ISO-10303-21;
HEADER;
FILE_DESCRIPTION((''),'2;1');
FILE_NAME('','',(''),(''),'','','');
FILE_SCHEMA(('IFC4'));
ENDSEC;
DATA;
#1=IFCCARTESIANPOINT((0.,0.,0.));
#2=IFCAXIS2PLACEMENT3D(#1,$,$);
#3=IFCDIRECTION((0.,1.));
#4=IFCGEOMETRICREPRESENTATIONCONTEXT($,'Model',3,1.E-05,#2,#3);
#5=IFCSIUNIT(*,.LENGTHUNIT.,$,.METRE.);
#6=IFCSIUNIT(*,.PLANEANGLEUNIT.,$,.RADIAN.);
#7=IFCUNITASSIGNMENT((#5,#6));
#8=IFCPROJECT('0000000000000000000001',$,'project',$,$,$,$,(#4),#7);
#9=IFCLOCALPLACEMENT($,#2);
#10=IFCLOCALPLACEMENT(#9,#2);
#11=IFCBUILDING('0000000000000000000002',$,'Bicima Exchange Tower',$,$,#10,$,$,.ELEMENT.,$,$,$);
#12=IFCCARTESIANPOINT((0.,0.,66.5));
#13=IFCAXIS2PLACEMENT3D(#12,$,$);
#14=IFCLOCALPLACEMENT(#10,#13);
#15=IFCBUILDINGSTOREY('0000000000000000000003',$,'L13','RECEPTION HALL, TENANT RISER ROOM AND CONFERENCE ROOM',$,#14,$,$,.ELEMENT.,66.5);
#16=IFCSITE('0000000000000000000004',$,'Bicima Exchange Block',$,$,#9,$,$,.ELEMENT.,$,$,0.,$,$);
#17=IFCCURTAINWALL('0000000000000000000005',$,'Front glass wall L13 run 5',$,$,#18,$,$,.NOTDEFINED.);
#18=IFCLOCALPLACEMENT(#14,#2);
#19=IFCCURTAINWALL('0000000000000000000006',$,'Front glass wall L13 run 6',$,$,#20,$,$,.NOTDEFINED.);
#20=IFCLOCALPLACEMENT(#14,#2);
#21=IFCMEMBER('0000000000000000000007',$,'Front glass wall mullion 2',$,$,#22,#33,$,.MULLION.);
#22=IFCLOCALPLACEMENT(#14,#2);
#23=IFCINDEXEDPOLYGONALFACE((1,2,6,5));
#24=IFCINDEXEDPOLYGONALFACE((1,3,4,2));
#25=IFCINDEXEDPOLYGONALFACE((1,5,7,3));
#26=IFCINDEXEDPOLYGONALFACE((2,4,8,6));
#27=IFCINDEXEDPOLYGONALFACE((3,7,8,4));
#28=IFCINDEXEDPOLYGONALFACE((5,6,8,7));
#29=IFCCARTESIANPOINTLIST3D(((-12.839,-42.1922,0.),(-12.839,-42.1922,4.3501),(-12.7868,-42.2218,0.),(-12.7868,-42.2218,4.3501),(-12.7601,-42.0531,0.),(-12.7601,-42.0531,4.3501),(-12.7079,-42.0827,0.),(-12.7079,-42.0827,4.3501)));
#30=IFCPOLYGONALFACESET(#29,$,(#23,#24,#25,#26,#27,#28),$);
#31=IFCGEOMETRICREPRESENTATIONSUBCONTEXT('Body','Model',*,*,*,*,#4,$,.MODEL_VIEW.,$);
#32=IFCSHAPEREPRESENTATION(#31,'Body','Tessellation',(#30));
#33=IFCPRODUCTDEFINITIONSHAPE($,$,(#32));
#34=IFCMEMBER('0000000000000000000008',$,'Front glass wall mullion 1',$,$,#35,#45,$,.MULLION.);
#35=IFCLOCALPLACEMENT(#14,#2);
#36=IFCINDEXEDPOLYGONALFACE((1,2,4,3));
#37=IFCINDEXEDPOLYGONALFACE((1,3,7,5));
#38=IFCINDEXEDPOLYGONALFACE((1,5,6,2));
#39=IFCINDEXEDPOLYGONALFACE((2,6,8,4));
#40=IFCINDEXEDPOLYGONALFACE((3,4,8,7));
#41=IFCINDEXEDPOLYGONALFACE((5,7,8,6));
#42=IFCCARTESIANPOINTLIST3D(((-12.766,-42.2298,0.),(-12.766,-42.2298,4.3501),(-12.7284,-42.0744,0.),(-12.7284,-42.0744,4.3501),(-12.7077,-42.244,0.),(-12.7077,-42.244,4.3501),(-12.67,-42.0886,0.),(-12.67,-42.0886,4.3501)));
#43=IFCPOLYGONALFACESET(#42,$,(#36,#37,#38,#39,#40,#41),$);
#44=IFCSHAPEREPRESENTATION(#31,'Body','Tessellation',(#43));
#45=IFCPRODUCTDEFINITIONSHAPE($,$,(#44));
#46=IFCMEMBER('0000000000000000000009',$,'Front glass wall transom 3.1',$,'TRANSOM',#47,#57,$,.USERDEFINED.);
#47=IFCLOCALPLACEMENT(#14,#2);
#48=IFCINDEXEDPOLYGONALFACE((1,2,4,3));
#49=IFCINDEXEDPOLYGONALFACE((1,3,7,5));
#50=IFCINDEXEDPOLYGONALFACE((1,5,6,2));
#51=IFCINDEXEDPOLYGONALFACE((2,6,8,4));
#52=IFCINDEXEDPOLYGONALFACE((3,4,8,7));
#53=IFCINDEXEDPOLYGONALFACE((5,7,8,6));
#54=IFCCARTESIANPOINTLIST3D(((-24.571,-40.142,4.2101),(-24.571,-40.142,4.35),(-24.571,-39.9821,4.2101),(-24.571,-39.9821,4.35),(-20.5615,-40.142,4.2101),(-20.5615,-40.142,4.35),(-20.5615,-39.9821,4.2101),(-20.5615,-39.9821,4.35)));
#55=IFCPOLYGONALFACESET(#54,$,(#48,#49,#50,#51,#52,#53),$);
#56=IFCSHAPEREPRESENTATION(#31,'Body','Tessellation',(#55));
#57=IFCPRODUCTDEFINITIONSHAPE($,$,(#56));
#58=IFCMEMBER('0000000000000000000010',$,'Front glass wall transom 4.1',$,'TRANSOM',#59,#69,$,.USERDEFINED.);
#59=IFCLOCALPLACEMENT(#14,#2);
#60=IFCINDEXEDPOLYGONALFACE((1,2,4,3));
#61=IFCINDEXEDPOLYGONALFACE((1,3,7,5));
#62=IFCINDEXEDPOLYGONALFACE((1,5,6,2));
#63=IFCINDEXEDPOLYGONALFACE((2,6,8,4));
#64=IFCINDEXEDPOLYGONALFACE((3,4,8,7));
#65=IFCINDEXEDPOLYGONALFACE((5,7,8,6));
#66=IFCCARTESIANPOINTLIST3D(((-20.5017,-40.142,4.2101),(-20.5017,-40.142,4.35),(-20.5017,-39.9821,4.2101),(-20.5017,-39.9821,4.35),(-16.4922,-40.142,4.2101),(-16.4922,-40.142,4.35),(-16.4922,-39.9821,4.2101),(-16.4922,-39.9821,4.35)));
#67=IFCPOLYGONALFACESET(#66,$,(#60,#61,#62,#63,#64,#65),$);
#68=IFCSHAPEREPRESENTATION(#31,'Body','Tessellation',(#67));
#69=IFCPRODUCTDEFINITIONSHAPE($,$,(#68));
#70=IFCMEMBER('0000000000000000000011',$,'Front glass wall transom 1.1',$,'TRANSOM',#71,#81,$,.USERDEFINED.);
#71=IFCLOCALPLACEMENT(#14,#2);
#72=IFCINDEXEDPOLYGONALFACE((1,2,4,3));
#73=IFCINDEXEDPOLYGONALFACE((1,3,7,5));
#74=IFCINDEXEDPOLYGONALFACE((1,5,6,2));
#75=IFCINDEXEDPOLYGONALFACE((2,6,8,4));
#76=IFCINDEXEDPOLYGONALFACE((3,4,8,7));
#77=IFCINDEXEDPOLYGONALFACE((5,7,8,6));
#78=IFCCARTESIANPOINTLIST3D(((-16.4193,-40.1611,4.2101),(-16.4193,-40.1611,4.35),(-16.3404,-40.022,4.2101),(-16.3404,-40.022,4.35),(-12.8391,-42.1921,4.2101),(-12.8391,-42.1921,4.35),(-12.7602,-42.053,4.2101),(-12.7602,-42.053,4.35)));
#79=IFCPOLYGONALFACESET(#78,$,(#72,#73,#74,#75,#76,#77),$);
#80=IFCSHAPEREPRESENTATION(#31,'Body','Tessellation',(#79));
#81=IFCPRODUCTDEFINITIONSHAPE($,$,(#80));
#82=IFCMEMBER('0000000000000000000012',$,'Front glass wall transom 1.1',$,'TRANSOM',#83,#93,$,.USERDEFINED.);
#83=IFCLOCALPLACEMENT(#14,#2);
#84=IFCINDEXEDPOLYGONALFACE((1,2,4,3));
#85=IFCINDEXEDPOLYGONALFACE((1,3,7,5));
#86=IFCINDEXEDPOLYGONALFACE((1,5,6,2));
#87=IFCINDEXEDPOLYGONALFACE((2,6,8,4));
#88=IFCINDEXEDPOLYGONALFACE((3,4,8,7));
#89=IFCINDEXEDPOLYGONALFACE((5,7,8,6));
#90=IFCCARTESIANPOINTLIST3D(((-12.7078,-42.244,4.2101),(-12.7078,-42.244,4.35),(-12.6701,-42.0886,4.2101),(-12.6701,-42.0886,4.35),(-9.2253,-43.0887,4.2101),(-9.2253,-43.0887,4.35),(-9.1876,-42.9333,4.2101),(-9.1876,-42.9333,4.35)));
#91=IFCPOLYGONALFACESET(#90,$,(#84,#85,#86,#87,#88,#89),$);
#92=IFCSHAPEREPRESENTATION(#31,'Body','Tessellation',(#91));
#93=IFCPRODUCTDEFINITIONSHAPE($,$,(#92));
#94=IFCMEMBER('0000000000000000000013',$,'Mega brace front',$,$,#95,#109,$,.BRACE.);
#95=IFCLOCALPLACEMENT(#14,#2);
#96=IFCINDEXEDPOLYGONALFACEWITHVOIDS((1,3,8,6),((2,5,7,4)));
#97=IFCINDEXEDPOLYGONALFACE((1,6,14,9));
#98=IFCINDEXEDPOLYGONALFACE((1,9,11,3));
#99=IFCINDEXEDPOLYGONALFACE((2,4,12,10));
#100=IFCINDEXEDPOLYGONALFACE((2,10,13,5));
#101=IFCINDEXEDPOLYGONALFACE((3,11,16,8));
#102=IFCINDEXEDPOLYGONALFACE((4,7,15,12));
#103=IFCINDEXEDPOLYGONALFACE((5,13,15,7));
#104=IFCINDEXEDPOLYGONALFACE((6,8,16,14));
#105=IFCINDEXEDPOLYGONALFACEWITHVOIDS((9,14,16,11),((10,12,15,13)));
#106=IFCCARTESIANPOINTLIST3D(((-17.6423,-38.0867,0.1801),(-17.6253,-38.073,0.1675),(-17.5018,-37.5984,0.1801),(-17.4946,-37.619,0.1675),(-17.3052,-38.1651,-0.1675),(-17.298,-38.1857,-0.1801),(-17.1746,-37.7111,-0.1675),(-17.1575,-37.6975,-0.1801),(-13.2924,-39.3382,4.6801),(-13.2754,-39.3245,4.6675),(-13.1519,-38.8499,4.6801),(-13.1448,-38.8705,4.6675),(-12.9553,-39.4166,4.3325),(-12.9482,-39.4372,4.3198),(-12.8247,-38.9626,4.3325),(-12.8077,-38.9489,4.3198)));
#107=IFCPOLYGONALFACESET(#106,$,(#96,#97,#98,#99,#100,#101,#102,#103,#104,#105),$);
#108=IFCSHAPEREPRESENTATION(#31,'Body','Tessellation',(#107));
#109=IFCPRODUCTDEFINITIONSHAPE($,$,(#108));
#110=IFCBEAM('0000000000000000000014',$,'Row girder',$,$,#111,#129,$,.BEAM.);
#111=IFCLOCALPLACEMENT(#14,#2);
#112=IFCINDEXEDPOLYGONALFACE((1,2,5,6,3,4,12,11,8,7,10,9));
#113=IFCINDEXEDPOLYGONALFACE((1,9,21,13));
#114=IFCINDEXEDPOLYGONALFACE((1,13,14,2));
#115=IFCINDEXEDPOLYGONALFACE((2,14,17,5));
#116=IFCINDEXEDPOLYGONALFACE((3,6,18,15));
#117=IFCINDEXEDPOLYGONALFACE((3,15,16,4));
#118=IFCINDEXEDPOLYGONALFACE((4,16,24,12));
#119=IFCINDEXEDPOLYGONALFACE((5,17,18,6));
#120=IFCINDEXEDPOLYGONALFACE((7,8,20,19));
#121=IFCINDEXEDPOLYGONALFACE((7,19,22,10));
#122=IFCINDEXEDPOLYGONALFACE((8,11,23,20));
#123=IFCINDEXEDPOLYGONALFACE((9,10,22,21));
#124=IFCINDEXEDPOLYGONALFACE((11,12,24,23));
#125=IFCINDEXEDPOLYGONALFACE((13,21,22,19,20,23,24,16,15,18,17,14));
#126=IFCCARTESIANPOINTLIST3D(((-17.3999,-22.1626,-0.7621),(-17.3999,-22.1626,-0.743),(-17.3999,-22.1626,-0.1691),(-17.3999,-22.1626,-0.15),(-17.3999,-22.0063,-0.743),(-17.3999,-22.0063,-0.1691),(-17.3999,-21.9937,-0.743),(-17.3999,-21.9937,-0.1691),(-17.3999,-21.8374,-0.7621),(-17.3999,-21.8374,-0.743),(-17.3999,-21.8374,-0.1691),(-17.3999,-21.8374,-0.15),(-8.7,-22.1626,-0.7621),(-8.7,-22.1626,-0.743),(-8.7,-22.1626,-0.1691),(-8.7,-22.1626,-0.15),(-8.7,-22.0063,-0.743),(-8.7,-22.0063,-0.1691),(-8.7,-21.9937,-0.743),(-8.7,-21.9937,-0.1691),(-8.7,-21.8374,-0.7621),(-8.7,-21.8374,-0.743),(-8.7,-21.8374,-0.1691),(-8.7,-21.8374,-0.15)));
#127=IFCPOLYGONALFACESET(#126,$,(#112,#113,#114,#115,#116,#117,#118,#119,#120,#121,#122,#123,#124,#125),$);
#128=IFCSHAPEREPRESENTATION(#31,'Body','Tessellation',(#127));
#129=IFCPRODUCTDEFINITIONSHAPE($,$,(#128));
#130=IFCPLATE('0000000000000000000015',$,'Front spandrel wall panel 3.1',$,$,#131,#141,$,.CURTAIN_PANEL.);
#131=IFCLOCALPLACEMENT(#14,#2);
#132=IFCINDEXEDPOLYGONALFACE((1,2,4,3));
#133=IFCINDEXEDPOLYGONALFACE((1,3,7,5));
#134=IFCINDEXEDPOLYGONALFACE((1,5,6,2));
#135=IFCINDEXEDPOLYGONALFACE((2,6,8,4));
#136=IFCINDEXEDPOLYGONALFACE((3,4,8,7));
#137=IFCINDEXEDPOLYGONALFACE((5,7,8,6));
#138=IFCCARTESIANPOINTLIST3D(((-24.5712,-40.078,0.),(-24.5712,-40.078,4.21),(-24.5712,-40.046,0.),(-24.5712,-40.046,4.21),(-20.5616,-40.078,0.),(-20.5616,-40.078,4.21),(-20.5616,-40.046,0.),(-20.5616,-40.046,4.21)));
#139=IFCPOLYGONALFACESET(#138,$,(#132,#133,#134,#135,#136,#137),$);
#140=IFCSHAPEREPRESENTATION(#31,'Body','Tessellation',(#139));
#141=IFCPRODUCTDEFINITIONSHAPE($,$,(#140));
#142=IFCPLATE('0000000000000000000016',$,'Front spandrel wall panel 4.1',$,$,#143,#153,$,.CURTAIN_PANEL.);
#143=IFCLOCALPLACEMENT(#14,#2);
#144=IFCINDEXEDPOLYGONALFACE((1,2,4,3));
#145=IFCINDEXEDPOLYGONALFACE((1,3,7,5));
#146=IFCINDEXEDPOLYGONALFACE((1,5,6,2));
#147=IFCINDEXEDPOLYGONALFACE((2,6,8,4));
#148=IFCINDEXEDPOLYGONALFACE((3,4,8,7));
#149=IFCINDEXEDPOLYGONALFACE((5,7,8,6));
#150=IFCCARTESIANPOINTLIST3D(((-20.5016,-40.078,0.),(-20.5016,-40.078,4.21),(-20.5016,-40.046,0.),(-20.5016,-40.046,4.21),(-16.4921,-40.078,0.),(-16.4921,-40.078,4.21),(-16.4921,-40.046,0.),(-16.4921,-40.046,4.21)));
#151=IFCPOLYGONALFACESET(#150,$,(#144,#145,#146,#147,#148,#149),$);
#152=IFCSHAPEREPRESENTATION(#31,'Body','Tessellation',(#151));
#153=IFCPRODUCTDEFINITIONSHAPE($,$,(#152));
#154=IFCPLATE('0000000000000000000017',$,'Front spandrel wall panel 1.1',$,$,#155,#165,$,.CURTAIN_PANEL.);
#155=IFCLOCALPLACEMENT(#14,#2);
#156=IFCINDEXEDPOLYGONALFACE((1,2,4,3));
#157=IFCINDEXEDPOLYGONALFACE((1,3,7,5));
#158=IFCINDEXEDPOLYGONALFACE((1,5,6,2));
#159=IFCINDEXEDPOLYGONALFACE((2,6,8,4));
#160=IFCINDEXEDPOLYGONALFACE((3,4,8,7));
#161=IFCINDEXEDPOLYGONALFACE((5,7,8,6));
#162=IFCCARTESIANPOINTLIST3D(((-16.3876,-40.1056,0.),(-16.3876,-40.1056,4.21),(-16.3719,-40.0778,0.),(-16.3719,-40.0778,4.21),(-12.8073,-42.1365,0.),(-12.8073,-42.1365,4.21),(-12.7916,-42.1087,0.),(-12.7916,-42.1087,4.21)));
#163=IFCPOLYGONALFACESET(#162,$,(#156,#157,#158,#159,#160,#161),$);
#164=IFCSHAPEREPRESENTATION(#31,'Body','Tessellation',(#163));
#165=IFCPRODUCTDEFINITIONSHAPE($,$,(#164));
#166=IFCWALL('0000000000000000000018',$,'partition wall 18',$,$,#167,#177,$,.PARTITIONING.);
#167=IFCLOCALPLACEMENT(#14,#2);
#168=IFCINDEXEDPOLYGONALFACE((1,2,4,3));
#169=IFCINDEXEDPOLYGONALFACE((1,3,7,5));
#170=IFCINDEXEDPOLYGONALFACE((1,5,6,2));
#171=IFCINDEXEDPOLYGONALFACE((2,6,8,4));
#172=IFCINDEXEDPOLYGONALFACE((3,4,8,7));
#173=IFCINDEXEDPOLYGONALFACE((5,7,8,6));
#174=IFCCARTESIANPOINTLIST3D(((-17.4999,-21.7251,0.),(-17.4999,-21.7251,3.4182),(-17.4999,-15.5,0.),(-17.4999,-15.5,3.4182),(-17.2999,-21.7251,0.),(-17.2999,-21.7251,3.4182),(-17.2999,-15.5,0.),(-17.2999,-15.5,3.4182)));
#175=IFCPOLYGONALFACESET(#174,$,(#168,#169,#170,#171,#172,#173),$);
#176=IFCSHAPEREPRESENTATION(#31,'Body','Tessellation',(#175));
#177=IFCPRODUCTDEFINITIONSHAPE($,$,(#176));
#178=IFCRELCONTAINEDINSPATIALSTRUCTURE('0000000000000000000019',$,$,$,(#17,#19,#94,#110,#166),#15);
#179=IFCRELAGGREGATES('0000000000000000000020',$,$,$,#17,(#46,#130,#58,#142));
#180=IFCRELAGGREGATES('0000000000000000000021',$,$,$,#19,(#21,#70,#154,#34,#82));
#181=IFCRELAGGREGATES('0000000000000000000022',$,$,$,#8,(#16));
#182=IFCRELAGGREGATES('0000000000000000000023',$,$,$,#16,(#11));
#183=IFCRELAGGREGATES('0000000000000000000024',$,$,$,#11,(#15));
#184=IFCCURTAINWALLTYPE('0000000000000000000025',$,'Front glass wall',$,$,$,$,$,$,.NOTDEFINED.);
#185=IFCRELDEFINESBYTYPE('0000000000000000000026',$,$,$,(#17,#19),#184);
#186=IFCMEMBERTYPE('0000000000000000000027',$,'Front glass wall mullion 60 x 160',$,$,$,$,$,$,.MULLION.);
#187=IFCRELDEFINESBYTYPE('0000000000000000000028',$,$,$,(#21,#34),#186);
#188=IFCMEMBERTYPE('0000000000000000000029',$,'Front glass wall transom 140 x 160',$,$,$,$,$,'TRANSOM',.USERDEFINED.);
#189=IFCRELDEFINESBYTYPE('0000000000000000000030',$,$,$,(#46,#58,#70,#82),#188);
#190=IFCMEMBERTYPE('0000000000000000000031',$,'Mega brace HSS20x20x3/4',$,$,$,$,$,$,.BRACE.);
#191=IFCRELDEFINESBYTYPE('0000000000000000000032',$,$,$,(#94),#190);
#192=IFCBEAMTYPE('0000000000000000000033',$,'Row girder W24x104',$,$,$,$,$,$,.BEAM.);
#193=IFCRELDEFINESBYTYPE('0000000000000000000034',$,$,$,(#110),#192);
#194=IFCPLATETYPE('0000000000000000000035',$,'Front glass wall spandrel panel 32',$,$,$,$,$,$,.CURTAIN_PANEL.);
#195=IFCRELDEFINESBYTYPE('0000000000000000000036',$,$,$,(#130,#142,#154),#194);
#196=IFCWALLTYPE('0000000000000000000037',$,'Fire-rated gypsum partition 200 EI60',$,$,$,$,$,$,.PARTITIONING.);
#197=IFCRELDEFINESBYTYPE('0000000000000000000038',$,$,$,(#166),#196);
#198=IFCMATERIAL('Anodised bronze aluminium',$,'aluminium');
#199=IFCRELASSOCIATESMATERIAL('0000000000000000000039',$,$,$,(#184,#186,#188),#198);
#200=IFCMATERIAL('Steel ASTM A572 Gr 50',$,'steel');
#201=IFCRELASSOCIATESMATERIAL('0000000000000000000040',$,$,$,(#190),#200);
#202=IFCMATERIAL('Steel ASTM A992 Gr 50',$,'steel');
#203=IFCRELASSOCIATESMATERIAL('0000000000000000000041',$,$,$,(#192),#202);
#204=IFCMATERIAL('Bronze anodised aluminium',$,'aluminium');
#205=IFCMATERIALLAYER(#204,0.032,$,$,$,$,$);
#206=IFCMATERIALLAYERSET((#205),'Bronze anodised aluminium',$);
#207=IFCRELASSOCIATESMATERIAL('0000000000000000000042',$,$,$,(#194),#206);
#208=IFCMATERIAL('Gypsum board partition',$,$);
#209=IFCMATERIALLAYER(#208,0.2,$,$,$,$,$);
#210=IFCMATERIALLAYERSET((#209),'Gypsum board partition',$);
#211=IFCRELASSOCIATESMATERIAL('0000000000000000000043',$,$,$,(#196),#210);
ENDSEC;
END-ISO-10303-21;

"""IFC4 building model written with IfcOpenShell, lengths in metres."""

from ifc_helpers import new_model, si_unit, direction, frame, frame_2d, origin, origin_2d, place, context, subcontext, project, spatial, rectangle, hollow_rectangle, i_section, extrude, material, layer, layer_set, material_profile, profile_set, type_object, element, aggregate, save


model = new_model("IFC4")

# Units and contexts
model_context = context("Model", 3, precision=1e-05, world=origin(), true_north=direction((0.0, 1.0)))
body_context = subcontext(model_context, "Body", "Model", "MODEL_VIEW")
ifc_project = project(units=[si_unit("LENGTHUNIT", "METRE"), si_unit("PLANEANGLEUNIT", "RADIAN")], contexts=[model_context])

# Site, building, storey
site_placement = place(None, origin())
site = spatial("IfcSite", under=ifc_project, at=site_placement, Name="Bicima Exchange Block", CompositionType="ELEMENT", RefElevation=0.0)
building_placement = place(site_placement, origin())
building = spatial("IfcBuilding", under=site, at=building_placement, Name="Bicima Exchange Tower", CompositionType="ELEMENT")
storey_placement = place(building_placement, frame((0.0, 0.0, 66.5)))
storey = spatial("IfcBuildingStorey", under=building, at=storey_placement, Name="L13", Description="RECEPTION HALL, TENANT RISER ROOM AND CONFERENCE ROOM", CompositionType="ELEMENT", Elevation=66.5)

# Shared definitions
ifc_material_1 = material(Name="Steel ASTM A992 Gr 50", Category="steel")

# Curtain walls, members
ifc_material_2 = material(Name="Anodised bronze aluminium", Category="aluminium")
curtain_wall_type = type_object("IfcCurtainWallType", Name="Front glass wall", PredefinedType="NOTDEFINED", material=ifc_material_2)
curtain_wall_1_placement = place(storey_placement, origin())
curtain_wall_1 = element("IfcCurtainWall", 1, at=curtain_wall_1_placement, inside=storey, type_object=curtain_wall_type, Name="Front glass wall L13 run 5", PredefinedType="NOTDEFINED")
ifc_material_profile_1 = material_profile(ifc_material_2, rectangle(XDim=0.1599, YDim=0.0601, at=origin_2d()))
ifc_profile_set_1 = profile_set([ifc_material_profile_1], Name="Anodised bronze aluminium")
member_type_1 = type_object("IfcMemberType", Name="Front glass wall mullion 60 x 160", PredefinedType="MULLION", material=ifc_profile_set_1)
curtain_wall_2_placement = place(storey_placement, origin())
curtain_wall_2 = element("IfcCurtainWall", 2, at=curtain_wall_2_placement, inside=storey, type_object=curtain_wall_type, Name="Front glass wall L13 run 6", PredefinedType="NOTDEFINED")
member_1_placement = place(storey_placement, frame((-12.7734, -42.1375, 0.0), z_axis=(0.0, 0.0, 1.0), x_axis=(0.493395, 0.869805, 0.0)))
member_1 = element("IfcMember", 3, at=member_1_placement, type_object=member_type_1, Name="Front glass wall mullion 2", PredefinedType="MULLION", context=body_context, shape_type="SweptSolid", body=[
    extrude(rectangle(XDim=0.1599, YDim=0.0601, at=origin_2d()), origin(), (0.0, 0.0, 1.0), 4.3501),
])
member_2_placement = place(storey_placement, frame((-12.718, -42.1592, 0.0), z_axis=(0.0, 0.0, 1.0), x_axis=(0.235682, 0.97183, 0.0)))
member_2 = element("IfcMember", 4, at=member_2_placement, type_object=member_type_1, Name="Front glass wall mullion 1", PredefinedType="MULLION", context=body_context, shape_type="SweptSolid", body=[
    extrude(rectangle(XDim=0.1599, YDim=0.0601, at=origin_2d()), origin(), (0.0, 0.0, 1.0), 4.3501),
])

# Members
ifc_material_profile_2 = material_profile(ifc_material_2, rectangle(XDim=0.1599, YDim=0.1399, at=origin_2d()))
ifc_profile_set_2 = profile_set([ifc_material_profile_2], Name="Anodised bronze aluminium")
member_type_2 = type_object("IfcMemberType", Name="Front glass wall transom 140 x 160", ElementType="TRANSOM", PredefinedType="USERDEFINED", material=ifc_profile_set_2)
member_3_placement = place(storey_placement, frame((-24.571, -40.062, 4.28), z_axis=(1.0, 0.0, 0.0), x_axis=(0.0, 1.0, 0.0)))
member_3 = element("IfcMember", 5, at=member_3_placement, type_object=member_type_2, Name="Front glass wall transom 3.1", ObjectType="TRANSOM", PredefinedType="USERDEFINED", context=body_context, shape_type="SweptSolid", body=[
    extrude(rectangle(XDim=0.1599, YDim=0.1399, at=origin_2d()), origin(), (0.0, 0.0, 1.0), 4.0095),
])
member_4_placement = place(storey_placement, frame((-20.5017, -40.062, 4.28), z_axis=(1.0, 0.0, 0.0), x_axis=(0.0, 1.0, 0.0)))
member_4 = element("IfcMember", 6, at=member_4_placement, type_object=member_type_2, Name="Front glass wall transom 4.1", ObjectType="TRANSOM", PredefinedType="USERDEFINED", context=body_context, shape_type="SweptSolid", body=[
    extrude(rectangle(XDim=0.1599, YDim=0.1399, at=origin_2d()), origin(), (0.0, 0.0, 1.0), 4.0095),
])
member_5_placement = place(storey_placement, frame((-16.3799, -40.0916, 4.28), z_axis=(0.869797, -0.493409, 0.0), x_axis=(0.493409, 0.869797, 0.0)))
member_5 = element("IfcMember", 7, at=member_5_placement, type_object=member_type_2, Name="Front glass wall transom 1.1", ObjectType="TRANSOM", PredefinedType="USERDEFINED", context=body_context, shape_type="SweptSolid", body=[
    extrude(rectangle(XDim=0.1599, YDim=0.1399, at=origin_2d()), origin(), (0.0, 0.0, 1.0), 4.1162),
])
member_6_placement = place(storey_placement, frame((-12.689, -42.1663, 4.28), z_axis=(0.971818, -0.235733, 0.0), x_axis=(0.235733, 0.971818, 0.0)))
member_6 = element("IfcMember", 8, at=member_6_placement, type_object=member_type_2, Name="Front glass wall transom 1.1", ObjectType="TRANSOM", PredefinedType="USERDEFINED", context=body_context, shape_type="SweptSolid", body=[
    extrude(rectangle(XDim=0.1599, YDim=0.1399, at=origin_2d()), origin(), (0.0, 0.0, 1.0), 3.5835),
])
ifc_material_3 = material(Name="Steel ASTM A572 Gr 50", Category="steel")
ifc_material_profile_3 = material_profile(ifc_material_3, hollow_rectangle(XDim=0.5081, YDim=0.5081, WallThickness=0.0178, at=origin_2d()))
ifc_profile_set_3 = profile_set([ifc_material_profile_3], Name="Steel ASTM A572 Gr 50")
member_type_3 = type_object("IfcMemberType", Name="Mega brace HSS20x20x3/4", PredefinedType="BRACE", material=ifc_profile_set_3)
member_7_placement = place(storey_placement, frame((-17.3999, -37.8921, 0.0), z_axis=(0.681519, -0.196075, 0.705044), x_axis=(0.276487, 0.961018, 0.0)))
element("IfcMember", 9, at=member_7_placement, inside=storey, type_object=member_type_3, Name="Mega brace front", PredefinedType="BRACE", context=body_context, shape_type="SweptSolid", body=[
    extrude(hollow_rectangle(XDim=0.5081, YDim=0.5081, WallThickness=0.0178, at=origin_2d()), origin(), (0.0, 0.0, 1.0), 6.3826),
])

# Beam
ifc_material_profile_4 = material_profile(ifc_material_1, i_section(OverallWidth=0.3252, OverallDepth=0.6121, WebThickness=0.0127, FlangeThickness=0.019, at=origin_2d()))
ifc_profile_set_4 = profile_set([ifc_material_profile_4], Name="Steel ASTM A992 Gr 50")
beam_type_1 = type_object("IfcBeamType", Name="Row girder W24x104", PredefinedType="BEAM", material=ifc_profile_set_4)
beam_1_placement = place(storey_placement, frame((-17.3999, -22.0, -0.4561), z_axis=(1.0, 0.0, 0.0), x_axis=(0.0, 1.0, 0.0)))
element("IfcBeam", 10, at=beam_1_placement, inside=storey, type_object=beam_type_1, Name="Row girder", PredefinedType="BEAM", context=body_context, shape_type="SweptSolid", body=[
    extrude(i_section(OverallWidth=0.3252, OverallDepth=0.6121, WebThickness=0.0127, FlangeThickness=0.019, at=origin_2d()), origin(), (0.0, 0.0, 1.0), 8.7),
])

# Plates
ifc_material_4 = material(Name="Bronze anodised aluminium", Category="aluminium")
ifc_layer_1 = layer(ifc_material_4, 0.032)
ifc_layer_set_1 = layer_set([ifc_layer_1], Name="Bronze anodised aluminium")
plate_type = type_object("IfcPlateType", Name="Front glass wall spandrel panel 32", PredefinedType="CURTAIN_PANEL", material=ifc_layer_set_1)
plate_1_placement = place(storey_placement, frame((-22.5664, -40.062, 0.0), z_axis=(0.0, 0.0, 1.0), x_axis=(1.0, 0.0, 0.0)))
plate_1 = element("IfcPlate", 11, at=plate_1_placement, type_object=plate_type, Name="Front spandrel wall panel 3.1", PredefinedType="CURTAIN_PANEL", context=body_context, shape_type="SweptSolid", body=[
    extrude(rectangle(XDim=4.0095, YDim=0.032, at=origin_2d()), origin(), (0.0, 0.0, 1.0), 4.21),
])
plate_2_placement = place(storey_placement, frame((-18.4968, -40.062, 0.0), z_axis=(0.0, 0.0, 1.0), x_axis=(1.0, 0.0, 0.0)))
plate_2 = element("IfcPlate", 12, at=plate_2_placement, type_object=plate_type, Name="Front spandrel wall panel 4.1", PredefinedType="CURTAIN_PANEL", context=body_context, shape_type="SweptSolid", body=[
    extrude(rectangle(XDim=4.0095, YDim=0.032, at=origin_2d()), origin(), (0.0, 0.0, 1.0), 4.21),
])
aggregate(curtain_wall_1, [member_3, plate_1, member_4, plate_2])
plate_3_placement = place(storey_placement, frame((-14.5896, -41.1072, 0.0), z_axis=(0.0, 0.0, 1.0), x_axis=(0.869805, -0.493395, 0.0)))
plate_3 = element("IfcPlate", 13, at=plate_3_placement, type_object=plate_type, Name="Front spandrel wall panel 1.1", PredefinedType="CURTAIN_PANEL", context=body_context, shape_type="SweptSolid", body=[
    extrude(rectangle(XDim=4.1162, YDim=0.032, at=origin_2d()), origin(), (0.0, 0.0, 1.0), 4.21),
])
aggregate(curtain_wall_2, [member_1, member_5, plate_3, member_2, member_6])

# Wall
ifc_material_5 = material(Name="Gypsum board partition")
ifc_layer_2 = layer(ifc_material_5, 0.2)
ifc_layer_set_2 = layer_set([ifc_layer_2], Name="Gypsum board partition")
wall_type_1 = type_object("IfcWallType", Name="Fire-rated gypsum partition 200 EI60", PredefinedType="PARTITIONING", material=ifc_layer_set_2)
wall_placement = place(storey_placement, frame((-17.3999, -21.7251, 0.0), z_axis=(0.0, 0.0, 1.0), x_axis=(0.0, 1.0, 0.0)))
element("IfcWall", 14, at=wall_placement, inside=storey, type_object=wall_type_1, Name="partition wall 18", PredefinedType="PARTITIONING", context=body_context, shape_type="SweptSolid", body=[
    extrude(rectangle(XDim=6.2251, YDim=0.2, at=frame_2d((3.1125, 0.0))), origin(), (0.0, 0.0, 1.0), 3.4182),
])

save(model, "model.ifc")
